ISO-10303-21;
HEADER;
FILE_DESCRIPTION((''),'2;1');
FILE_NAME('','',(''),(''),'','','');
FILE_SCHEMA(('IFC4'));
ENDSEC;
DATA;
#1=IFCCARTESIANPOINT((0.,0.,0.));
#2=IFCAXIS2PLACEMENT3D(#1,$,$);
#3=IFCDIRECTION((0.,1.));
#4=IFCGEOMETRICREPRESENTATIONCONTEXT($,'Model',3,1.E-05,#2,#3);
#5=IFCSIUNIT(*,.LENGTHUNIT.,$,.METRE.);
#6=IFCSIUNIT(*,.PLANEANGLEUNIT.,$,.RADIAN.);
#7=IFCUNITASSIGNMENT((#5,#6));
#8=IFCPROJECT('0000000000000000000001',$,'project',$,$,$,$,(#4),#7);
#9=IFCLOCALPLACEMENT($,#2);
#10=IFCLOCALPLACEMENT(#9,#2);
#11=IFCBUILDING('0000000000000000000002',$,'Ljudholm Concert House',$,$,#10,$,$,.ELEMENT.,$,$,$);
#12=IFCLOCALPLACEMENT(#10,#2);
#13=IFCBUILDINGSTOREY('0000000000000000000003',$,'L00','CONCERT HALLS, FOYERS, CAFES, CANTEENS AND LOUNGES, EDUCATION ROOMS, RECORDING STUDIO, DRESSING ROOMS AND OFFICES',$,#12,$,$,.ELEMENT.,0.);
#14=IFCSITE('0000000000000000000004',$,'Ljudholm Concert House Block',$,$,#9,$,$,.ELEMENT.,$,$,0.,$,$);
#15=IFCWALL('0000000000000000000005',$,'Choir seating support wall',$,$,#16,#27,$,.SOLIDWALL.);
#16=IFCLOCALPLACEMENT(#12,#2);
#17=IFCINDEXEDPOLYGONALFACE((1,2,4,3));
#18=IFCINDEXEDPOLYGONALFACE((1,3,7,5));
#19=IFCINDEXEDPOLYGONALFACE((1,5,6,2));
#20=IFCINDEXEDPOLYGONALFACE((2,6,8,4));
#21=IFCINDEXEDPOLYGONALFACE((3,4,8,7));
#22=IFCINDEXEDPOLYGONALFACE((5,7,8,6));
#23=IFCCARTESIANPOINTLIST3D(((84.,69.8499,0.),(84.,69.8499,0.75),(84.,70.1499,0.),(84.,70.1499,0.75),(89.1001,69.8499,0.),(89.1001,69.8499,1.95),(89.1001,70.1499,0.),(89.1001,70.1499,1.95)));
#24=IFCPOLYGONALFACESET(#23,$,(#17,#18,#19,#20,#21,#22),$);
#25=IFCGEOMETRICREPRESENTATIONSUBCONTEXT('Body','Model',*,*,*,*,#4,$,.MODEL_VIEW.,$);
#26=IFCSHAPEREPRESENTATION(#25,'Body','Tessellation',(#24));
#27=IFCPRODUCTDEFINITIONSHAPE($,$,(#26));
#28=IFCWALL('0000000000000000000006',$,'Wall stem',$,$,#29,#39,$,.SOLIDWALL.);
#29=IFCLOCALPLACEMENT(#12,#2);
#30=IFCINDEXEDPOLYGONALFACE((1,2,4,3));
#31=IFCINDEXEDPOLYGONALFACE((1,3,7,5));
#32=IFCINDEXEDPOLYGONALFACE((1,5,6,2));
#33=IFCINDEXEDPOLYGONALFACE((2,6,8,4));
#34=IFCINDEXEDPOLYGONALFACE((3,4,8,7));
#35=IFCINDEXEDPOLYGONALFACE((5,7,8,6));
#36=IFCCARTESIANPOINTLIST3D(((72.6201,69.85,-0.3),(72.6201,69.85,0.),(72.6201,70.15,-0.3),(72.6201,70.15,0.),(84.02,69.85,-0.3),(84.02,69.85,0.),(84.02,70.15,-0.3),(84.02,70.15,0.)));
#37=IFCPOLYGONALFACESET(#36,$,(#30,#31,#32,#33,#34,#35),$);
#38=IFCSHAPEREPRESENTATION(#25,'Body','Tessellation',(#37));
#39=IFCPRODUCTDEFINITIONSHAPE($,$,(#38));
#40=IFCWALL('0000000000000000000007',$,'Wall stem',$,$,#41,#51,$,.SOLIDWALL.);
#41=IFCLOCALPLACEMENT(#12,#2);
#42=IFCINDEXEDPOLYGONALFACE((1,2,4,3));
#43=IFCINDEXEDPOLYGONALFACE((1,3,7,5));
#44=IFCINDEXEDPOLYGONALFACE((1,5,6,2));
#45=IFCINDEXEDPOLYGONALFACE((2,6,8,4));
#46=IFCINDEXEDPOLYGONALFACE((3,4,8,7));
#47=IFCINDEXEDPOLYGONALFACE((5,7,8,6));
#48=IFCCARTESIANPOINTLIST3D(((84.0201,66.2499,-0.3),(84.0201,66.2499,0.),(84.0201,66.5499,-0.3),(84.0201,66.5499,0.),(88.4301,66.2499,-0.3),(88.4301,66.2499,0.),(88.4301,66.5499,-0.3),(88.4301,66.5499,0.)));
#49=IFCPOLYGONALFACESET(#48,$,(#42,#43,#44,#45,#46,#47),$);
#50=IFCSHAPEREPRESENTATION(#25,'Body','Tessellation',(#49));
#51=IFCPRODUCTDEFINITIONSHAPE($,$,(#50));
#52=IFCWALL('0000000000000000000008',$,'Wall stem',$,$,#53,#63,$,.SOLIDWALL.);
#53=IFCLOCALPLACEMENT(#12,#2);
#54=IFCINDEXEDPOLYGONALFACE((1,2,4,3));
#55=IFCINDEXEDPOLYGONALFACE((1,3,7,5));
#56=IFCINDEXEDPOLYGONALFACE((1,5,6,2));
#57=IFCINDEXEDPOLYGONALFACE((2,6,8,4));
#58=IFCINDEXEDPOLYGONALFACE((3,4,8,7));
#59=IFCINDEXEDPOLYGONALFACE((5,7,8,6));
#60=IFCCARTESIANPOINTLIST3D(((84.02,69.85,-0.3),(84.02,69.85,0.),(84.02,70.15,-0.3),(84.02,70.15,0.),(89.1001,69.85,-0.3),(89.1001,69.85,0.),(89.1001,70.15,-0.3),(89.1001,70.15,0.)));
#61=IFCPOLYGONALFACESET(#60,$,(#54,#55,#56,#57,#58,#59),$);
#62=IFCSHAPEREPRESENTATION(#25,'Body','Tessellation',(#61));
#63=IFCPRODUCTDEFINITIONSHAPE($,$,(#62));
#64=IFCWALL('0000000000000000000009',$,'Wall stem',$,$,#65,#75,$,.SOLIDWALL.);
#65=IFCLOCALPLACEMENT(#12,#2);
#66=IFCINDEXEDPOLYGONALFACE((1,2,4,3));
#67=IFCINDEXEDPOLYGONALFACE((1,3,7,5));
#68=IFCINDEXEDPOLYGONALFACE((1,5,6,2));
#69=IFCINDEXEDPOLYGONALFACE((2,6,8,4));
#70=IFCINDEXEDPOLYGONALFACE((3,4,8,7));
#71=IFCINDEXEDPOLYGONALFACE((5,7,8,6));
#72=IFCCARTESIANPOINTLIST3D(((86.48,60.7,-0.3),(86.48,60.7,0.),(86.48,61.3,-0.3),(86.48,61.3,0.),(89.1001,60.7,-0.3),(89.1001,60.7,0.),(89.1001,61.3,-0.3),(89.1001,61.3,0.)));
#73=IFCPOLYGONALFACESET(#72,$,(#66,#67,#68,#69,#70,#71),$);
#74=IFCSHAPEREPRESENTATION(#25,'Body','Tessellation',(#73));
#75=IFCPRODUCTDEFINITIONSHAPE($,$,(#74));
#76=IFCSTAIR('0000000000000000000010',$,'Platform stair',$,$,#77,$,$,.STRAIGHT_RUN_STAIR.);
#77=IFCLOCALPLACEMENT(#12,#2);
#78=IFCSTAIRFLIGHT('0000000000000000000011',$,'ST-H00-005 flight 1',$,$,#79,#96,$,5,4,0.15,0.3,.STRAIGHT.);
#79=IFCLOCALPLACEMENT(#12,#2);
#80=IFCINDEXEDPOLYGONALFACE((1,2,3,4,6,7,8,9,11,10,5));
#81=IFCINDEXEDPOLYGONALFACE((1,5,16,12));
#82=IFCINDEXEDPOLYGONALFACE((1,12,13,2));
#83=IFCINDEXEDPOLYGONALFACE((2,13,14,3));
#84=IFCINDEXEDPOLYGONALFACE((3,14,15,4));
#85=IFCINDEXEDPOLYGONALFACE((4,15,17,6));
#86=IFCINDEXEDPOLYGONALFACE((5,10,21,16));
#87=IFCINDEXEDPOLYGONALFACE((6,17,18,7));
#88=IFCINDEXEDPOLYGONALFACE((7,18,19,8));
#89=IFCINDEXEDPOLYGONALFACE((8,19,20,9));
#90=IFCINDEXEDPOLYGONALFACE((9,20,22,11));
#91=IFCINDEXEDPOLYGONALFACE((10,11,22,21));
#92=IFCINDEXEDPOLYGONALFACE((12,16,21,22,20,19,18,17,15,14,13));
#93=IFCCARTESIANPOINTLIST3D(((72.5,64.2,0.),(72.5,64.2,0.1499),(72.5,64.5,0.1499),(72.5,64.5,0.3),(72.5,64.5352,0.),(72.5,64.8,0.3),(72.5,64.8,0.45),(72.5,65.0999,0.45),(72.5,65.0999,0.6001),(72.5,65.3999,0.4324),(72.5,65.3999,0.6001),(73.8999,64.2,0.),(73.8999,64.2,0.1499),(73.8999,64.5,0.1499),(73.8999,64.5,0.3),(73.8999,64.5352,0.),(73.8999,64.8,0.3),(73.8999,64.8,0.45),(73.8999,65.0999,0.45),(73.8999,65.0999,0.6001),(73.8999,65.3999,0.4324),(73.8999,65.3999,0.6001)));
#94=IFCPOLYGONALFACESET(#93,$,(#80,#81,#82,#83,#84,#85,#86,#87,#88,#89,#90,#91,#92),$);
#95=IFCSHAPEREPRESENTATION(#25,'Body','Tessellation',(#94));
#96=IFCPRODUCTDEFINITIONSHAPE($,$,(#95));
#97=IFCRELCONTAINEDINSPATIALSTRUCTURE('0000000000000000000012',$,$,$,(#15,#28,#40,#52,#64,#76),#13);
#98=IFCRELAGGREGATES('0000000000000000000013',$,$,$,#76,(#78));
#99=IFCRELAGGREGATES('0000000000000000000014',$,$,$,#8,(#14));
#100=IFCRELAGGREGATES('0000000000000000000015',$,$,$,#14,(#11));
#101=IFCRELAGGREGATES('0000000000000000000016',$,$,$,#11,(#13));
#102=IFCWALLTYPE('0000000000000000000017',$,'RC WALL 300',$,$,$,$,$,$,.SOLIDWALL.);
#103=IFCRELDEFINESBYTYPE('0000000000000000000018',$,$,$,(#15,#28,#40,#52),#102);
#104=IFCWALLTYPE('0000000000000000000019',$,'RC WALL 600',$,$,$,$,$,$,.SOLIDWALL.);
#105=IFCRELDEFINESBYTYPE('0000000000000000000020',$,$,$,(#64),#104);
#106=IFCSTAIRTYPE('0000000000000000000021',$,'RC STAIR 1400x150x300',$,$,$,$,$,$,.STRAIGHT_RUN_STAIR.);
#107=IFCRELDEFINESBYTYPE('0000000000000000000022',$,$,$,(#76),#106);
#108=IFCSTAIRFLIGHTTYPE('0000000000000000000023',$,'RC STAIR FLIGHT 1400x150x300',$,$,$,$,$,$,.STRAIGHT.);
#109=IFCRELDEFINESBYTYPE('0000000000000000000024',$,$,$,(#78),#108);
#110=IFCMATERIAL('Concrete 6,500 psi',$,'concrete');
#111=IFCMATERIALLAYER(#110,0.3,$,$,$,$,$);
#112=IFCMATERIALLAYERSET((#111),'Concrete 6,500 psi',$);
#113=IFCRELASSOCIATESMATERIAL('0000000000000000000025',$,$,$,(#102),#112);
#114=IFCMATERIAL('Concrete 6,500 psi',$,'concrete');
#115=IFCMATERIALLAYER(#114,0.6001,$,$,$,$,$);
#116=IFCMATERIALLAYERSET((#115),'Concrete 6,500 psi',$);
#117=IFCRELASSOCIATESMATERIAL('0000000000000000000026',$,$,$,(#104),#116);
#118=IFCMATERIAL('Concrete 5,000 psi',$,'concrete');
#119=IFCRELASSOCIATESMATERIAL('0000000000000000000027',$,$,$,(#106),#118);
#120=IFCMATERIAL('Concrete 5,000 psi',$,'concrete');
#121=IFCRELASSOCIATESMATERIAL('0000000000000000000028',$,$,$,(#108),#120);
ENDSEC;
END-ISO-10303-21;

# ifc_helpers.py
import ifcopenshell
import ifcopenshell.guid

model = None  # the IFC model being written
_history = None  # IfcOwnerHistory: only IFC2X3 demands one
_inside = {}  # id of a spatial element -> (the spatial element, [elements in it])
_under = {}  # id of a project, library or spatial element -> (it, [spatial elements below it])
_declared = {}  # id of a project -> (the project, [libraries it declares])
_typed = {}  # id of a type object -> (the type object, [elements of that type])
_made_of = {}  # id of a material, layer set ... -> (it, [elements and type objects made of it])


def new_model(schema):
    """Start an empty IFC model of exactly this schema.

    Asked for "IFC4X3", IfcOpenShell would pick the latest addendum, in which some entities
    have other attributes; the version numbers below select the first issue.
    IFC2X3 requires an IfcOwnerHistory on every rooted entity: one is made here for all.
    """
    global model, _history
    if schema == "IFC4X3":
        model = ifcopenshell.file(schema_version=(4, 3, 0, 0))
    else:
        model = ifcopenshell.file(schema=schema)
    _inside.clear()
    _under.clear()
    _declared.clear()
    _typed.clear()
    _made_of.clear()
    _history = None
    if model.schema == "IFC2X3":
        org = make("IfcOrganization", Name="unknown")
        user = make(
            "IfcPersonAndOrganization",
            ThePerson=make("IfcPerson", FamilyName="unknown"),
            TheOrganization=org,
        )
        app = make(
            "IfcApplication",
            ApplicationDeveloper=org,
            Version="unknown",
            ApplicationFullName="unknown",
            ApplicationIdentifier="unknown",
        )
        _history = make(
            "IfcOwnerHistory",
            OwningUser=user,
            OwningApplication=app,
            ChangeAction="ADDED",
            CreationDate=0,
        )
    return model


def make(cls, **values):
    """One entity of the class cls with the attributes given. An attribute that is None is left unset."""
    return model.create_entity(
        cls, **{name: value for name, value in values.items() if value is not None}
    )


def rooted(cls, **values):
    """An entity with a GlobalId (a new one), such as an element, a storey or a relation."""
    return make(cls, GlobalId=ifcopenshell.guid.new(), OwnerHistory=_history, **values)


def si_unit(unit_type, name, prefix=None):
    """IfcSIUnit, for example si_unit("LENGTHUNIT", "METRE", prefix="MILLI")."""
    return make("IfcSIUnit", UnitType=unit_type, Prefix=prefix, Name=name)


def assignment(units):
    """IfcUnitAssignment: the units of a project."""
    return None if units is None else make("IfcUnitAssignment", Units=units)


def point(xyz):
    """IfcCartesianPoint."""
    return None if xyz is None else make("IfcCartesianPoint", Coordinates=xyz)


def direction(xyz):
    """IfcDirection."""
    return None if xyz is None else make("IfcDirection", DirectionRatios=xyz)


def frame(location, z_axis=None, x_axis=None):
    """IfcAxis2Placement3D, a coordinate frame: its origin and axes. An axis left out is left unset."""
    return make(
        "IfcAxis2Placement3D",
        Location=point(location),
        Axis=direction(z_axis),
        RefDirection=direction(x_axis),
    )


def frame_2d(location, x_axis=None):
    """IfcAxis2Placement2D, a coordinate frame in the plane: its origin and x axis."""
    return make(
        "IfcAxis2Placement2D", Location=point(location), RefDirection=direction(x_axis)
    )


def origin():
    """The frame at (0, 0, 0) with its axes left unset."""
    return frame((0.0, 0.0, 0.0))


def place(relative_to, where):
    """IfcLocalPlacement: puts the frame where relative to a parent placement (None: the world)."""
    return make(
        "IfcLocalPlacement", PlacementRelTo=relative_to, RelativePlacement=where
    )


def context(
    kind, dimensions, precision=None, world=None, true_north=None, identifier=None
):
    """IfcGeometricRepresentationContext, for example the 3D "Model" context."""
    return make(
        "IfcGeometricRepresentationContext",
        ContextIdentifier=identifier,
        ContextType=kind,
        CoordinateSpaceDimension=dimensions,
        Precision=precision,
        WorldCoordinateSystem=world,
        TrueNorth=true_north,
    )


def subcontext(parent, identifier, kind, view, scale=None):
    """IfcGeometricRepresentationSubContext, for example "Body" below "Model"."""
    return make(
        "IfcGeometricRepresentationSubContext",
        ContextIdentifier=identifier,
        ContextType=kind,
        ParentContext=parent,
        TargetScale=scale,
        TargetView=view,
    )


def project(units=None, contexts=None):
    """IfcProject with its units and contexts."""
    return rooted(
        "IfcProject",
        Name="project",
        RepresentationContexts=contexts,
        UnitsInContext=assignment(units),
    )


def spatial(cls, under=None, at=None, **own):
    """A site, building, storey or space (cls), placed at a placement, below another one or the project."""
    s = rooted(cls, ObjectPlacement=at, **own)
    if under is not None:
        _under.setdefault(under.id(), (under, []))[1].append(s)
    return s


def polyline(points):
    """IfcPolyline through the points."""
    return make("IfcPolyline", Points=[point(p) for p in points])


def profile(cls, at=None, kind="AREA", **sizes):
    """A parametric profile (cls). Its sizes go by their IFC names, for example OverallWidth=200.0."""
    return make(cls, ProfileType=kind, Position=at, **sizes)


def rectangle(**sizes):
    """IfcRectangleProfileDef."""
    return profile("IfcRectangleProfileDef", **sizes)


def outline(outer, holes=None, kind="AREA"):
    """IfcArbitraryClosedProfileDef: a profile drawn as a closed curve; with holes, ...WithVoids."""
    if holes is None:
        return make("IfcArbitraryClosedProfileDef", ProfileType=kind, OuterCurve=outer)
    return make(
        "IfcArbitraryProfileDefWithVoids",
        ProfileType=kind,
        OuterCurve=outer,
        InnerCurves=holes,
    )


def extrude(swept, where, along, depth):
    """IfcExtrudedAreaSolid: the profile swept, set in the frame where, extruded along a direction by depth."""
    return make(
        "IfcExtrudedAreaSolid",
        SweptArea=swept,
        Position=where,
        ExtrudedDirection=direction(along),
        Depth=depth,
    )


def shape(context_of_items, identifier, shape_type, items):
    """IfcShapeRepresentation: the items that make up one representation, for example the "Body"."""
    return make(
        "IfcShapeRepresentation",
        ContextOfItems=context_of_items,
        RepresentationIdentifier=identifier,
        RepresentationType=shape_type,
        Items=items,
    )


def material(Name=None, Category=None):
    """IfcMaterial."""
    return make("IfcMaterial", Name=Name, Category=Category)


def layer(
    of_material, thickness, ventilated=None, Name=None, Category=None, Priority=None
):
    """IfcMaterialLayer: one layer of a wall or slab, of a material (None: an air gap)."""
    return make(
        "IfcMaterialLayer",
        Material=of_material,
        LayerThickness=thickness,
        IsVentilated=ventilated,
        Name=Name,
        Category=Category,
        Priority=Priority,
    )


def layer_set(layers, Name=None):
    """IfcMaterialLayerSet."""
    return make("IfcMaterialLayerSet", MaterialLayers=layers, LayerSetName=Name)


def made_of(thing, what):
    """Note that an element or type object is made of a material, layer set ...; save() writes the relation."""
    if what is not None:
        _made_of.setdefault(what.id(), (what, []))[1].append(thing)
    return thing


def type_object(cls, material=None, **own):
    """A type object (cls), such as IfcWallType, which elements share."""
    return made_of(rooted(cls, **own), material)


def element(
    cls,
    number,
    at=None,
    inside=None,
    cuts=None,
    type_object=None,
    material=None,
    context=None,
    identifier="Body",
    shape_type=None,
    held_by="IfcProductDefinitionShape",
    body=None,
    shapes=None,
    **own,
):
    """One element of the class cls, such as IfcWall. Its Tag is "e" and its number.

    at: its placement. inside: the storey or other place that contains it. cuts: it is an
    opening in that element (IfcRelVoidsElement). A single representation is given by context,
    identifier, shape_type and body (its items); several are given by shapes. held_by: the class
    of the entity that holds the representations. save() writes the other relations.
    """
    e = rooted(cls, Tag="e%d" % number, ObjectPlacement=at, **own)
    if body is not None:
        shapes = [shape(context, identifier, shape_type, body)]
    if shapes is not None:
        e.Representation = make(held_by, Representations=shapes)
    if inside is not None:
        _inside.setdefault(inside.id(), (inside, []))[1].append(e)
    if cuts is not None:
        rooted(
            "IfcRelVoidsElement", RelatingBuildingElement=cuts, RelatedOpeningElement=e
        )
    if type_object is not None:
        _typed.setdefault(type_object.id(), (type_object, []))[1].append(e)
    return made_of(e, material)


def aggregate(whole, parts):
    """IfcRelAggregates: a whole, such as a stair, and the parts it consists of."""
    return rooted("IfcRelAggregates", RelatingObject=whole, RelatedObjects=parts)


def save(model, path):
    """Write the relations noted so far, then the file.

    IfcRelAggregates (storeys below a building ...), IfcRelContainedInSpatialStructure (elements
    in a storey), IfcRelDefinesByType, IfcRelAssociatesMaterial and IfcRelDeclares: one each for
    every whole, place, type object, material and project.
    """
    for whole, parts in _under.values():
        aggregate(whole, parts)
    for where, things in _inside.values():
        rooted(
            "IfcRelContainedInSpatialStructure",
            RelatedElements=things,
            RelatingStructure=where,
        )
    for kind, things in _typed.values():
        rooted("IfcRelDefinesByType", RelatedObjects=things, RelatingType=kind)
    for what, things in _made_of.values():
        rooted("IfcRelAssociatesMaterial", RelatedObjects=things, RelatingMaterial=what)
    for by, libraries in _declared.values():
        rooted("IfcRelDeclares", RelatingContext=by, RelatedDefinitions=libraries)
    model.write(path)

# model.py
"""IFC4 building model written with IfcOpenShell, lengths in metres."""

from ifc_helpers import new_model, si_unit, direction, frame, frame_2d, origin, place, context, subcontext, project, spatial, polyline, rectangle, outline, extrude, material, layer, layer_set, type_object, element, aggregate, save


model = new_model("IFC4")

# Units and contexts
model_context = context("Model", 3, precision=1e-05, world=origin(), true_north=direction((0.0, 1.0)))
body_context = subcontext(model_context, "Body", "Model", "MODEL_VIEW")
ifc_project = project(units=[si_unit("LENGTHUNIT", "METRE"), si_unit("PLANEANGLEUNIT", "RADIAN")], contexts=[model_context])

# Site, building, storey
site_placement = place(None, origin())
site = spatial("IfcSite", under=ifc_project, at=site_placement, Name="Ljudholm Concert House Block", CompositionType="ELEMENT", RefElevation=0.0)
building_placement = place(site_placement, origin())
building = spatial("IfcBuilding", under=site, at=building_placement, Name="Ljudholm Concert House", CompositionType="ELEMENT")
storey_placement = place(building_placement, origin())
storey = spatial("IfcBuildingStorey", under=building, at=storey_placement, Name="L00", Description="CONCERT HALLS, FOYERS, CAFES, CANTEENS AND LOUNGES, EDUCATION ROOMS, RECORDING STUDIO, DRESSING ROOMS AND OFFICES", CompositionType="ELEMENT", Elevation=0.0)

# Walls
ifc_material_1 = material(Name="Concrete 6,500 psi", Category="concrete")
ifc_layer_1 = layer(ifc_material_1, 0.3)
ifc_layer_set_1 = layer_set([ifc_layer_1], Name="Concrete 6,500 psi")
wall_type_1 = type_object("IfcWallType", Name="RC WALL 300", PredefinedType="SOLIDWALL", material=ifc_layer_set_1)
for number, where, z_axis, x_axis, name in (
    (1, (84.0, 70.0, 0.0), (0.0, 0.0, 1.0), (1.0, 0.0, 0.0), "Choir seating support wall"),
):
    element("IfcWall", number, at=place(storey_placement, frame(where, z_axis=z_axis, x_axis=x_axis)), inside=storey, type_object=wall_type_1, Name=name, PredefinedType="SOLIDWALL", context=body_context, shape_type="SweptSolid", body=[
        extrude(outline(polyline([(0.0, 0.0), (5.1001, 0.0), (5.1001, 1.95), (0.0, 0.75), (0.0, 0.0)])), frame((0.0, 0.1499, 0.0), z_axis=(0.0, -1.0, 0.0), x_axis=(1.0, 0.0, 0.0)), (0.0, 0.0, 1.0), 0.3),
    ])
wall_1_placement = place(storey_placement, frame((72.6201, 70.0, -0.3), z_axis=(0.0, 0.0, 1.0), x_axis=(1.0, 0.0, 0.0)))
element("IfcWall", 2, at=wall_1_placement, inside=storey, type_object=wall_type_1, Name="Wall stem", PredefinedType="SOLIDWALL", context=body_context, shape_type="SweptSolid", body=[
    extrude(rectangle(XDim=11.3999, YDim=0.3, at=frame_2d((5.7, 0.0))), origin(), (0.0, 0.0, 1.0), 0.3),
])
wall_2_placement = place(storey_placement, frame((84.02, 66.3999, -0.3), z_axis=(0.0, 0.0, 1.0), x_axis=(1.0, 0.0, 0.0)))
element("IfcWall", 3, at=wall_2_placement, inside=storey, type_object=wall_type_1, Name="Wall stem", PredefinedType="SOLIDWALL", context=body_context, shape_type="SweptSolid", body=[
    extrude(rectangle(XDim=4.4099, YDim=0.3, at=frame_2d((2.2051, 0.0))), origin(), (0.0, 0.0, 1.0), 0.3),
])
wall_3_placement = place(storey_placement, frame((84.02, 70.0, -0.3), z_axis=(0.0, 0.0, 1.0), x_axis=(1.0, 0.0, 0.0)))
element("IfcWall", 4, at=wall_3_placement, inside=storey, type_object=wall_type_1, Name="Wall stem", PredefinedType="SOLIDWALL", context=body_context, shape_type="SweptSolid", body=[
    extrude(rectangle(XDim=5.0801, YDim=0.3, at=frame_2d((2.54, 0.0))), origin(), (0.0, 0.0, 1.0), 0.3),
])
ifc_material_2 = material(Name="Concrete 6,500 psi", Category="concrete")
ifc_layer_2 = layer(ifc_material_2, 0.6001)
ifc_layer_set_2 = layer_set([ifc_layer_2], Name="Concrete 6,500 psi")
wall_type_2 = type_object("IfcWallType", Name="RC WALL 600", PredefinedType="SOLIDWALL", material=ifc_layer_set_2)
wall_4_placement = place(storey_placement, frame((86.48, 61.0, -0.3), z_axis=(0.0, 0.0, 1.0), x_axis=(1.0, 0.0, 0.0)))
element("IfcWall", 5, at=wall_4_placement, inside=storey, type_object=wall_type_2, Name="Wall stem", PredefinedType="SOLIDWALL", context=body_context, shape_type="SweptSolid", body=[
    extrude(rectangle(XDim=2.6201, YDim=0.6001, at=frame_2d((1.3101, 0.0))), origin(), (0.0, 0.0, 1.0), 0.3),
])

# Stair, stair flight
ifc_material_3 = material(Name="Concrete 5,000 psi", Category="concrete")
stair_type = type_object("IfcStairType", Name="RC STAIR 1400x150x300", PredefinedType="STRAIGHT_RUN_STAIR", material=ifc_material_3)
stair_placement = place(storey_placement, origin())
stair = element("IfcStair", 6, at=stair_placement, inside=storey, type_object=stair_type, Name="Platform stair", PredefinedType="STRAIGHT_RUN_STAIR")
ifc_material_4 = material(Name="Concrete 5,000 psi", Category="concrete")
stair_flight_type = type_object("IfcStairFlightType", Name="RC STAIR FLIGHT 1400x150x300", PredefinedType="STRAIGHT", material=ifc_material_4)
stair_flight_placement = place(storey_placement, frame((73.2, 64.2, 0.0), z_axis=(0.0, 0.0, 1.0), x_axis=(0.0, 1.0, 0.0)))
stair_flight = element("IfcStairFlight", 7, at=stair_flight_placement, type_object=stair_flight_type, Name="ST-H00-005 flight 1", NumberOfRisers=5, NumberOfTreads=4, PredefinedType="STRAIGHT", RiserHeight=0.15, TreadLength=0.3, context=body_context, shape_type="SweptSolid", body=[
    extrude(outline(polyline([(0.0, 0.0), (0.0, 0.1499), (0.3, 0.1499), (0.3, 0.3), (0.6001, 0.3), (0.6001, 0.45), (0.8999, 0.45), (0.8999, 0.6001), (1.2, 0.6001), (1.2, 0.75), (1.2, 0.4324), (0.3352, 0.0), (0.0, 0.0)])), frame((0.0, 0.7, 0.0), z_axis=(0.0, -1.0, 0.0), x_axis=(1.0, 0.0, 0.0)), (0.0, 0.0, 1.0), 1.3999),
])
aggregate(stair, [stair_flight])

save(model, "model.ifc")
